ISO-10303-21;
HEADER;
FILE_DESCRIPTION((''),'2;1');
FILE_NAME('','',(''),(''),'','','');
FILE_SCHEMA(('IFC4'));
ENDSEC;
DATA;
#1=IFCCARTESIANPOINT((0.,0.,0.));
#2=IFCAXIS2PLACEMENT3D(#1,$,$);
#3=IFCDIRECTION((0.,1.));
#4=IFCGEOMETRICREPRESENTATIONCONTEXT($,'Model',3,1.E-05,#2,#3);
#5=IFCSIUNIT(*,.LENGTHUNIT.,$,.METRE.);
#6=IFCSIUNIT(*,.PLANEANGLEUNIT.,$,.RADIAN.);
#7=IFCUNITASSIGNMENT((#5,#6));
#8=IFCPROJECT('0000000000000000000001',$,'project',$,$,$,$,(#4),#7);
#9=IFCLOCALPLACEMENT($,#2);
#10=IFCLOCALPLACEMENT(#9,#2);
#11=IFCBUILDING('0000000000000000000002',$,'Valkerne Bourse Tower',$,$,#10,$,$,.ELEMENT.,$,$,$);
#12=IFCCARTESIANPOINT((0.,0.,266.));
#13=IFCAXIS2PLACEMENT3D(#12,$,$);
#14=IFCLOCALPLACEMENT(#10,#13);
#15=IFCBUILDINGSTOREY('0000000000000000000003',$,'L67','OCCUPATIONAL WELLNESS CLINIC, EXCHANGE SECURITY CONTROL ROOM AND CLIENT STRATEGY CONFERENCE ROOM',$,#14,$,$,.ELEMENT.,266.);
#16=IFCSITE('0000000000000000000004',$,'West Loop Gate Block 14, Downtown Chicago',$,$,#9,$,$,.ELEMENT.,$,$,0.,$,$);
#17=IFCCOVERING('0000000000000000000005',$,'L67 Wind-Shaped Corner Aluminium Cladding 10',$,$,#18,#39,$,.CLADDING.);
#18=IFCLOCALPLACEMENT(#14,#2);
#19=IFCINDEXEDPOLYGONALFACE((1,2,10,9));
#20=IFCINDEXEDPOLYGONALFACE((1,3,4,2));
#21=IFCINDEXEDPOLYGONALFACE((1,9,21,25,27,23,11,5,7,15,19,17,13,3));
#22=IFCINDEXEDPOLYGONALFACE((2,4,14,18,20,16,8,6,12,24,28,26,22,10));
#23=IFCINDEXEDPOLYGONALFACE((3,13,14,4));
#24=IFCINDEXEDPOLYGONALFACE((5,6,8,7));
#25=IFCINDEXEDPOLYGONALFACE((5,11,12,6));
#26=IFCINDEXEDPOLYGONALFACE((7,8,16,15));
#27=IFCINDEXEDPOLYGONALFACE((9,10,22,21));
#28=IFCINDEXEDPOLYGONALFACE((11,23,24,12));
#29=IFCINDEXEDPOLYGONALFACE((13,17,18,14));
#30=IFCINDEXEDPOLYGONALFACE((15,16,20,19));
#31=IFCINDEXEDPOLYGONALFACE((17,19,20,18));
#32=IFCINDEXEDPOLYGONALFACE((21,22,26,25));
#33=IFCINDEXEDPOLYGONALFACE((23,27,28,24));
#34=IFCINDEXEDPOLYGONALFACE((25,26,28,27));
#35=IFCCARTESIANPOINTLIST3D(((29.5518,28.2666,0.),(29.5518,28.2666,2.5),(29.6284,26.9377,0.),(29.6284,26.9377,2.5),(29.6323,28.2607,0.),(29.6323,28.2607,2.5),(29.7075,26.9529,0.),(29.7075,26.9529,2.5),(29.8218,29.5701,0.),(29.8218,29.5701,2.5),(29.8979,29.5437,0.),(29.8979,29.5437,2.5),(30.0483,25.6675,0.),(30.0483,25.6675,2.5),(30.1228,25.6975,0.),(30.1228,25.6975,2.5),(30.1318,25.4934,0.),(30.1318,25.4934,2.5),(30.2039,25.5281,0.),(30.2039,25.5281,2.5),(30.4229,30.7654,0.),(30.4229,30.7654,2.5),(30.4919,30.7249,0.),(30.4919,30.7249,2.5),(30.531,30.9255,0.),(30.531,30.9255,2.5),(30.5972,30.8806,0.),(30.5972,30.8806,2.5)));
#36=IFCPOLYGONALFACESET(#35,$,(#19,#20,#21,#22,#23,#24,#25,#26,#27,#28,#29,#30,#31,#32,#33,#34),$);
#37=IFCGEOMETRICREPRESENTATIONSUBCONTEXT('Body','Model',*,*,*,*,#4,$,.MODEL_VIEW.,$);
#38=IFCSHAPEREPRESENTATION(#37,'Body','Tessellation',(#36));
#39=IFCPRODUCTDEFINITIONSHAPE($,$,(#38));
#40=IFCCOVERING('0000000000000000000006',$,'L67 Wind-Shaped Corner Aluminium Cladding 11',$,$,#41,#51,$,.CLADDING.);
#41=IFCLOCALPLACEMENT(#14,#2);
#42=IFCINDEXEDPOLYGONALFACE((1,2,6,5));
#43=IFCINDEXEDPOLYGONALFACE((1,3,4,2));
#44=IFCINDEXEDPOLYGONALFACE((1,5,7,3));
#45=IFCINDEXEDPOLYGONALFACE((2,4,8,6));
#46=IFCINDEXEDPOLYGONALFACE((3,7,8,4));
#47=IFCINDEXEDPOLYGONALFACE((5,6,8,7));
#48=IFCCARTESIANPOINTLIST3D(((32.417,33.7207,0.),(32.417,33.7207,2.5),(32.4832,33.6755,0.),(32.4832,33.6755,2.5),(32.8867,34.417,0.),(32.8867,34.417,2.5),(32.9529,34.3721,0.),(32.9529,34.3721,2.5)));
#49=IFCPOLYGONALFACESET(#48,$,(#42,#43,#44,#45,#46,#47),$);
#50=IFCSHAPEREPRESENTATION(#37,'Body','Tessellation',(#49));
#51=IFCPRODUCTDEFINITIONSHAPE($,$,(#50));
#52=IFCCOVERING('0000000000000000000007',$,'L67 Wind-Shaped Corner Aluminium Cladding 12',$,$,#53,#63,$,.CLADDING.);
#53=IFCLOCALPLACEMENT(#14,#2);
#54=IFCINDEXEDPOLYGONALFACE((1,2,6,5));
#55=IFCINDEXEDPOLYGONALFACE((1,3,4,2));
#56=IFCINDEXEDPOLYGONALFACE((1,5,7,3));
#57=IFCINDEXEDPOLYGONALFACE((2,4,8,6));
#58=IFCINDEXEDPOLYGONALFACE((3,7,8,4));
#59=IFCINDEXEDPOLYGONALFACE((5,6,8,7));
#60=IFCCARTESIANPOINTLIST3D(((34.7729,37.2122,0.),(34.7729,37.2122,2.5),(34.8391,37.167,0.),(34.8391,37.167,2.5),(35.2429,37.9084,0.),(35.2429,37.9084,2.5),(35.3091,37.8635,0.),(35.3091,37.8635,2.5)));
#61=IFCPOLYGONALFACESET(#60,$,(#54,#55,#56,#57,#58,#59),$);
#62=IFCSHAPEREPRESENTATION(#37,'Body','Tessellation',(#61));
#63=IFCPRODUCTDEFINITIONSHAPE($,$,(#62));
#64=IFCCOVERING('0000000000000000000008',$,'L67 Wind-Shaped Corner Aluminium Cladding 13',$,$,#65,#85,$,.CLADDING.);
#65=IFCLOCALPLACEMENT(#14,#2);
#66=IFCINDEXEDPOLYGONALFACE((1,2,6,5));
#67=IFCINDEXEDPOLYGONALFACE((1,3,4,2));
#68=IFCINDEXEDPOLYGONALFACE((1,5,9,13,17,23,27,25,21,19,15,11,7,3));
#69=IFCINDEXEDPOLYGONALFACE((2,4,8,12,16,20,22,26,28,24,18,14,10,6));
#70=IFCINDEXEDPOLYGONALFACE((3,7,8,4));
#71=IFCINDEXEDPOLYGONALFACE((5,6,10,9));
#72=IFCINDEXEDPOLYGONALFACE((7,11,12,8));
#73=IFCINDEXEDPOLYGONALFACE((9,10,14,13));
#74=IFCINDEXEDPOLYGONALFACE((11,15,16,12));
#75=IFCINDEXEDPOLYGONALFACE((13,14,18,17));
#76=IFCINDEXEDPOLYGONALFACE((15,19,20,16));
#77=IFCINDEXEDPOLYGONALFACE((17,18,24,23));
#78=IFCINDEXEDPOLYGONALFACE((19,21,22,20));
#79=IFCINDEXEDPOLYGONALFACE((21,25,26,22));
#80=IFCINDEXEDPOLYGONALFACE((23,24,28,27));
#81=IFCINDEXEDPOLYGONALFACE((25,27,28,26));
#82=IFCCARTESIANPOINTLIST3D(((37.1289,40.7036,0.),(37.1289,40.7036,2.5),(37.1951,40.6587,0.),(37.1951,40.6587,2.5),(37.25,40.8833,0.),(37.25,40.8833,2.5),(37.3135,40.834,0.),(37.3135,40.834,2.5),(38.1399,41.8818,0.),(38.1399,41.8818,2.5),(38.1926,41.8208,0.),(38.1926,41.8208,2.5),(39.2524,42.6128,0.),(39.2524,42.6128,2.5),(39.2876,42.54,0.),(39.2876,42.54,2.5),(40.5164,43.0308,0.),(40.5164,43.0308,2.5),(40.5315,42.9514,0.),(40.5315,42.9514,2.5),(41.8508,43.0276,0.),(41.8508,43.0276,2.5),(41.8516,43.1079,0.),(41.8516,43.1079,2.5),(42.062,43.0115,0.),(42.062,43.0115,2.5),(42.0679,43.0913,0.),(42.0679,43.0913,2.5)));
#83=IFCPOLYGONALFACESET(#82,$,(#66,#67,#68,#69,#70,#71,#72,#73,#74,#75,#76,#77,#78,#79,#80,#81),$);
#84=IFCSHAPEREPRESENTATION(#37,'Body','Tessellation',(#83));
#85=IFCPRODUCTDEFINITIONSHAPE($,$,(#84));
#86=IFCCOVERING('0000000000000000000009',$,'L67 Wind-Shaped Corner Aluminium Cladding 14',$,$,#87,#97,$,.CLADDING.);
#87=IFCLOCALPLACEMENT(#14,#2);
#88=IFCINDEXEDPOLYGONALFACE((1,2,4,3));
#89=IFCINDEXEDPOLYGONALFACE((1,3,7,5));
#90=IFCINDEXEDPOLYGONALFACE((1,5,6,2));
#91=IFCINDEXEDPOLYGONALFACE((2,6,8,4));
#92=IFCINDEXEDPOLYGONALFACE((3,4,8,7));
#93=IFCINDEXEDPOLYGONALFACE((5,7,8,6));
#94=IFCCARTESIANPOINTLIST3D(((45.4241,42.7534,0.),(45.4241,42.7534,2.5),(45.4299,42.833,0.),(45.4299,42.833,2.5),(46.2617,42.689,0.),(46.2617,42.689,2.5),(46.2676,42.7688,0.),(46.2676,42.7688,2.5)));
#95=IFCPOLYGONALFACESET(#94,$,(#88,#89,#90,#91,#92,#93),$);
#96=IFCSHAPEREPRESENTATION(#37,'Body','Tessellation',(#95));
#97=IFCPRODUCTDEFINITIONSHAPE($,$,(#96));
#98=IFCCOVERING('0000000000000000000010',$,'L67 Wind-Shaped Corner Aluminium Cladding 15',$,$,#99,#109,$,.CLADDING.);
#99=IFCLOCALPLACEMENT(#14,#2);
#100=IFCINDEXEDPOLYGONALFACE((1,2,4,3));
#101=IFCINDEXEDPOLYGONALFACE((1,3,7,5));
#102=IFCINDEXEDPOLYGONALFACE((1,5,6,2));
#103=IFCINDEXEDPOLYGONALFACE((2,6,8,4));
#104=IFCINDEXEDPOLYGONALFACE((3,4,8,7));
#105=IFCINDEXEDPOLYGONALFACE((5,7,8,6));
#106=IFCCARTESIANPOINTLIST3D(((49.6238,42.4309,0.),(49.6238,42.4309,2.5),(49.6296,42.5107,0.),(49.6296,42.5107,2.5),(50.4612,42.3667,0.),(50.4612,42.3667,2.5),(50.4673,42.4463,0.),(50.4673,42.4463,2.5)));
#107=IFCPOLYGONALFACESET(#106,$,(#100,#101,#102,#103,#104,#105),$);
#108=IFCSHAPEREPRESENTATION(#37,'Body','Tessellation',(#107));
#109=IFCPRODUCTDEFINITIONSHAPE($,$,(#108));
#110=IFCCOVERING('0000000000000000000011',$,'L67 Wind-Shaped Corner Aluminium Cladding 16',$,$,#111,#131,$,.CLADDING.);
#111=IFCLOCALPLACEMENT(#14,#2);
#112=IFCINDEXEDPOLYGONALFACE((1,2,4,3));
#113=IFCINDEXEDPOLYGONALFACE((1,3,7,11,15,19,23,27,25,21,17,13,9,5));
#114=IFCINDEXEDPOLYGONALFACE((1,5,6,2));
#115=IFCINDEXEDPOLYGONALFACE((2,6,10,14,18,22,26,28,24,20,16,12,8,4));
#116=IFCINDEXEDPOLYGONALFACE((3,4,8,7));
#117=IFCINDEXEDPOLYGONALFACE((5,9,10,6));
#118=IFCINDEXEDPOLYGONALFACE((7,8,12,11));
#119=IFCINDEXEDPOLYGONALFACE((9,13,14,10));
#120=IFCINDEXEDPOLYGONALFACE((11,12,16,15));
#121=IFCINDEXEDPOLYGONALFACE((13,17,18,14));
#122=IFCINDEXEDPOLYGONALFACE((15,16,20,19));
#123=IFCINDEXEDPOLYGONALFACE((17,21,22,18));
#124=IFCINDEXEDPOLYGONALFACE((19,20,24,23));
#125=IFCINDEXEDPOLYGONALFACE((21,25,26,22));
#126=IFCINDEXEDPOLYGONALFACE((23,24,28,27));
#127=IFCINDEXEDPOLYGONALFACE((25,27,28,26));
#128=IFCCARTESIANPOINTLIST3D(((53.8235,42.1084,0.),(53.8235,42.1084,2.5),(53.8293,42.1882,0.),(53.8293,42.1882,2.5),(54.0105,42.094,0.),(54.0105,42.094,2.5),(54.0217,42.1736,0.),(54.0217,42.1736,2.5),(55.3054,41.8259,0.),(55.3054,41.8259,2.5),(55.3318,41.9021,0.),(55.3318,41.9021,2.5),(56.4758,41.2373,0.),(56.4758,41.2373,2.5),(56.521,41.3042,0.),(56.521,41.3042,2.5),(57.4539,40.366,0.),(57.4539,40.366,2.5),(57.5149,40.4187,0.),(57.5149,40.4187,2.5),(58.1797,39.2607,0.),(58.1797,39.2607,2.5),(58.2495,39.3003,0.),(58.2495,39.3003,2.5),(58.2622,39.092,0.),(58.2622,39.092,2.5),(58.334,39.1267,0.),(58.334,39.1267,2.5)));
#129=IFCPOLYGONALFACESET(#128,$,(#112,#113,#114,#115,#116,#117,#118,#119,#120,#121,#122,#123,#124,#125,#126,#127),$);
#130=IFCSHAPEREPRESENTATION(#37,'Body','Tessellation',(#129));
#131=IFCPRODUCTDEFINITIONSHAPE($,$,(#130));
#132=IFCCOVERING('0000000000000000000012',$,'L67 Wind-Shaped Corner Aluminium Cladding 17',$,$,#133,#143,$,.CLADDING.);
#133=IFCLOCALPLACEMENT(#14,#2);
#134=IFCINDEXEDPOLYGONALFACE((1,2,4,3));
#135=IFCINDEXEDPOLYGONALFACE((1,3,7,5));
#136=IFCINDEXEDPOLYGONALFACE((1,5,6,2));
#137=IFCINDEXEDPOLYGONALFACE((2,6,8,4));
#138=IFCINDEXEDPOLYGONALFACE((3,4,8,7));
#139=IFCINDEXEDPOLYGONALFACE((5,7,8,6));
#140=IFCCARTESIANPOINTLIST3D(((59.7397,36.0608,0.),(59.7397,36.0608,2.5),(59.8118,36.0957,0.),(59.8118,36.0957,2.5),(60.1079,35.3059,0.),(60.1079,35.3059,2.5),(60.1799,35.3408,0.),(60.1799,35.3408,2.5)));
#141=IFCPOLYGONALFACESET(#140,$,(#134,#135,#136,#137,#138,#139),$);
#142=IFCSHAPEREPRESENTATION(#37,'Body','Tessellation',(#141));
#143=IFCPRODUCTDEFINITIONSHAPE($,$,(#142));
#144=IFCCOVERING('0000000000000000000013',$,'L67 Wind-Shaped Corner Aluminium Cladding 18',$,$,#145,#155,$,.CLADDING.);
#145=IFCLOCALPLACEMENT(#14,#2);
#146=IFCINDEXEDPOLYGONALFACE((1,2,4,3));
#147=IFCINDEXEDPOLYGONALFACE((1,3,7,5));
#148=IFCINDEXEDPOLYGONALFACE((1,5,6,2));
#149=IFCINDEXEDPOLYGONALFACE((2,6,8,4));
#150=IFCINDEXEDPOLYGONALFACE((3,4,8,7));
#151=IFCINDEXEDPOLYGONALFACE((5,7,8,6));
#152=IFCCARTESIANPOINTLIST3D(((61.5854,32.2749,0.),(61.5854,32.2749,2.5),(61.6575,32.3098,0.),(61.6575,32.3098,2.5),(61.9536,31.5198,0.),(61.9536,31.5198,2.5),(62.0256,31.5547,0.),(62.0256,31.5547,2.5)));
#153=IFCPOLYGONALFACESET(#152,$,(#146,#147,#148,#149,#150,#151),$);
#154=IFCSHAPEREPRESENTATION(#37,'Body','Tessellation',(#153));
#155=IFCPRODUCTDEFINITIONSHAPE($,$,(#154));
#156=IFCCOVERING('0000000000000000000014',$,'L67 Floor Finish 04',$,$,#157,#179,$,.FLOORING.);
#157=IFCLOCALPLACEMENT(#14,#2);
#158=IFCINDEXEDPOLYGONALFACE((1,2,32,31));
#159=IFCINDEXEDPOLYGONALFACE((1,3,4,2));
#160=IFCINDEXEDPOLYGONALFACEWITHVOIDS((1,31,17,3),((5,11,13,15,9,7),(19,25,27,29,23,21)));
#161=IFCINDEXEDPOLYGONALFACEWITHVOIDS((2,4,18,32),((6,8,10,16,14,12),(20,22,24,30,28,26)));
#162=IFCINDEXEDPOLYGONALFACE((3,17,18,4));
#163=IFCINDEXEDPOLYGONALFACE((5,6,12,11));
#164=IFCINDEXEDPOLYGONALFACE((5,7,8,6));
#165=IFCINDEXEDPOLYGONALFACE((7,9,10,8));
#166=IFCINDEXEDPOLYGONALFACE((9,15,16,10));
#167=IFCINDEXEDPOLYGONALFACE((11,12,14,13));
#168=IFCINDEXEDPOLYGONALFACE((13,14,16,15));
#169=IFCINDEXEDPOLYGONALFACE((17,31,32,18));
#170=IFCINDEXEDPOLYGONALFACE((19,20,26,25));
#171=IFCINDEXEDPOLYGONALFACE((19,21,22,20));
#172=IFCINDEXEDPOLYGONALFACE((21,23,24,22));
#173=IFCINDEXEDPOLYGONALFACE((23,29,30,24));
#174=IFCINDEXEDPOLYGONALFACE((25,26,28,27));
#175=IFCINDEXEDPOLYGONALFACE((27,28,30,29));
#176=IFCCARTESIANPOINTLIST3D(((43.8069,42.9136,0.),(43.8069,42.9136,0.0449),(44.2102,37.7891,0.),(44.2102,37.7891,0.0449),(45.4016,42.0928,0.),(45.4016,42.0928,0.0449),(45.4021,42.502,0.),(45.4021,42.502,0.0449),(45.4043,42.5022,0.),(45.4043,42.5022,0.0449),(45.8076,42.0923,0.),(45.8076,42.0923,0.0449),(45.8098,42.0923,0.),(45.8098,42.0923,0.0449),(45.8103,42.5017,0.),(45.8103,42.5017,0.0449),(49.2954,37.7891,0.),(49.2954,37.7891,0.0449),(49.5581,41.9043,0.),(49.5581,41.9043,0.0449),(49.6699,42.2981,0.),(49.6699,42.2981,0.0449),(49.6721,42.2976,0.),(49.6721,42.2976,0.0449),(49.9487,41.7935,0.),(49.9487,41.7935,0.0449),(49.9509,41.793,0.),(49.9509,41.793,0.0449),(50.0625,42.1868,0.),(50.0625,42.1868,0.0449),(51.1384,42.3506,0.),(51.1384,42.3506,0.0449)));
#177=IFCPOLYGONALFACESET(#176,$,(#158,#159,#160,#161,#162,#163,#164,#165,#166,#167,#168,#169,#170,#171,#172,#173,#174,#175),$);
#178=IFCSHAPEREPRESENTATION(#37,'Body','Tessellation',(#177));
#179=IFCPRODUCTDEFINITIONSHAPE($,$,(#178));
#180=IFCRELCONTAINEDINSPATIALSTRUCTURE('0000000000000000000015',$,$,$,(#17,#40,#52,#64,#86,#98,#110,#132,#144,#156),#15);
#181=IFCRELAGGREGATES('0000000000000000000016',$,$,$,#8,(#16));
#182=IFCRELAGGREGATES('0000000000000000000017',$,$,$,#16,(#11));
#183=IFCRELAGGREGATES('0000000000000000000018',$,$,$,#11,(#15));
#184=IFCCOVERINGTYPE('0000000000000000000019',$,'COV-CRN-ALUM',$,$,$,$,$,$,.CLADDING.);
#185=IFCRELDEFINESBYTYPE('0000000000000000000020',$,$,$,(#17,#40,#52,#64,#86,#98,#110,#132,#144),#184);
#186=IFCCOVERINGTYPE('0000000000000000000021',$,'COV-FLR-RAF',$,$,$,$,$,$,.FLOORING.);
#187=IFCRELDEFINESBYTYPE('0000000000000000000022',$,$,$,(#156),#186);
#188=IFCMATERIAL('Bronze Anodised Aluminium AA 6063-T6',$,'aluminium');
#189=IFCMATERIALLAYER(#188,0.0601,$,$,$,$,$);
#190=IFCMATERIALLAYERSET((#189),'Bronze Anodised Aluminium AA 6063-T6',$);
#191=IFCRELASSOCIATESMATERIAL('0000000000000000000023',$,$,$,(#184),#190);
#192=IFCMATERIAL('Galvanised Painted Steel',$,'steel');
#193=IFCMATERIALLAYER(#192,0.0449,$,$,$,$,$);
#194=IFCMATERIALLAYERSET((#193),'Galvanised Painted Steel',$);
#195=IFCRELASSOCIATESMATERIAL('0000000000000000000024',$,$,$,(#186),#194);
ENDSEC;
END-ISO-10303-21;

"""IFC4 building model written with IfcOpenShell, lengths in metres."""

from ifc_helpers import new_model, si_unit, direction, frame, origin, place, context, subcontext, project, spatial, polyline, outline, extrude, material, layer, layer_set, type_object, element, save


model = new_model("IFC4")

# Units and contexts
model_context = context("Model", 3, precision=1e-05, world=origin(), true_north=direction((0.0, 1.0)))
body_context = subcontext(model_context, "Body", "Model", "MODEL_VIEW")
ifc_project = project(units=[si_unit("LENGTHUNIT", "METRE"), si_unit("PLANEANGLEUNIT", "RADIAN")], contexts=[model_context])

# Site, building, storey
site_placement = place(None, origin())
site = spatial("IfcSite", under=ifc_project, at=site_placement, Name="West Loop Gate Block 14, Downtown Chicago", CompositionType="ELEMENT", RefElevation=0.0)
building_placement = place(site_placement, origin())
building = spatial("IfcBuilding", under=site, at=building_placement, Name="Valkerne Bourse Tower", CompositionType="ELEMENT")
storey_placement = place(building_placement, frame((0.0, 0.0, 266.0)))
storey = spatial("IfcBuildingStorey", under=building, at=storey_placement, Name="L67", Description="OCCUPATIONAL WELLNESS CLINIC, EXCHANGE SECURITY CONTROL ROOM AND CLIENT STRATEGY CONFERENCE ROOM", CompositionType="ELEMENT", Elevation=266.0)

# Coverings
ifc_material_1 = material(Name="Bronze Anodised Aluminium AA 6063-T6", Category="aluminium")
ifc_layer_1 = layer(ifc_material_1, 0.0601)
ifc_layer_set_1 = layer_set([ifc_layer_1], Name="Bronze Anodised Aluminium AA 6063-T6")
covering_type_1 = type_object("IfcCoveringType", Name="COV-CRN-ALUM", PredefinedType="CLADDING", material=ifc_layer_set_1)
covering_1_placement = place(storey_placement, origin())
element("IfcCovering", 1, at=covering_1_placement, inside=storey, type_object=covering_type_1, Name="L67 Wind-Shaped Corner Aluminium Cladding 10", PredefinedType="CLADDING", context=body_context, shape_type="SweptSolid", body=[
    extrude(outline(polyline([(30.0483, 25.6675), (29.6284, 26.9377), (29.5518, 28.2666), (29.8218, 29.5701), (30.4229, 30.7654), (30.531, 30.9255), (30.5972, 30.8806), (30.4919, 30.7249), (29.8979, 29.5437), (29.6323, 28.2607), (29.7075, 26.9529), (30.1228, 25.6975), (30.2039, 25.5281), (30.1318, 25.4934), (30.0483, 25.6675)])), origin(), (0.0, 0.0, 1.0), 2.5),
])
covering_2_placement = place(storey_placement, origin())
element("IfcCovering", 2, at=covering_2_placement, inside=storey, type_object=covering_type_1, Name="L67 Wind-Shaped Corner Aluminium Cladding 11", PredefinedType="CLADDING", context=body_context, shape_type="SweptSolid", body=[
    extrude(outline(polyline([(32.8867, 34.417), (32.9529, 34.3721), (32.4832, 33.6755), (32.417, 33.7207), (32.8867, 34.417)])), origin(), (0.0, 0.0, 1.0), 2.5),
])
covering_3_placement = place(storey_placement, origin())
element("IfcCovering", 3, at=covering_3_placement, inside=storey, type_object=covering_type_1, Name="L67 Wind-Shaped Corner Aluminium Cladding 12", PredefinedType="CLADDING", context=body_context, shape_type="SweptSolid", body=[
    extrude(outline(polyline([(35.2429, 37.9084), (35.3091, 37.8635), (34.8391, 37.167), (34.7729, 37.2122), (35.2429, 37.9084)])), origin(), (0.0, 0.0, 1.0), 2.5),
])
covering_4_placement = place(storey_placement, origin())
element("IfcCovering", 4, at=covering_4_placement, inside=storey, type_object=covering_type_1, Name="L67 Wind-Shaped Corner Aluminium Cladding 13", PredefinedType="CLADDING", context=body_context, shape_type="SweptSolid", body=[
    extrude(outline(polyline([(37.25, 40.8833), (38.1399, 41.8818), (39.2524, 42.6128), (40.5164, 43.0308), (41.8516, 43.1079), (42.0679, 43.0913), (42.062, 43.0115), (41.8508, 43.0276), (40.5315, 42.9514), (39.2876, 42.54), (38.1926, 41.8208), (37.3135, 40.834), (37.1951, 40.6587), (37.1289, 40.7036), (37.25, 40.8833)])), origin(), (0.0, 0.0, 1.0), 2.5),
])
covering_5_placement = place(storey_placement, origin())
element("IfcCovering", 5, at=covering_5_placement, inside=storey, type_object=covering_type_1, Name="L67 Wind-Shaped Corner Aluminium Cladding 14", PredefinedType="CLADDING", context=body_context, shape_type="SweptSolid", body=[
    extrude(outline(polyline([(46.2676, 42.7688), (46.2617, 42.689), (45.4241, 42.7534), (45.4299, 42.833), (46.2676, 42.7688)])), origin(), (0.0, 0.0, 1.0), 2.5),
])
covering_6_placement = place(storey_placement, origin())
element("IfcCovering", 6, at=covering_6_placement, inside=storey, type_object=covering_type_1, Name="L67 Wind-Shaped Corner Aluminium Cladding 15", PredefinedType="CLADDING", context=body_context, shape_type="SweptSolid", body=[
    extrude(outline(polyline([(50.4673, 42.4463), (50.4612, 42.3667), (49.6238, 42.4309), (49.6296, 42.5107), (50.4673, 42.4463)])), origin(), (0.0, 0.0, 1.0), 2.5),
])
covering_7_placement = place(storey_placement, origin())
element("IfcCovering", 7, at=covering_7_placement, inside=storey, type_object=covering_type_1, Name="L67 Wind-Shaped Corner Aluminium Cladding 16", PredefinedType="CLADDING", context=body_context, shape_type="SweptSolid", body=[
    extrude(outline(polyline([(54.0217, 42.1736), (55.3318, 41.9021), (56.521, 41.3042), (57.5149, 40.4187), (58.2495, 39.3003), (58.334, 39.1267), (58.2622, 39.092), (58.1797, 39.2607), (57.4539, 40.366), (56.4758, 41.2373), (55.3054, 41.8259), (54.0105, 42.094), (53.8235, 42.1084), (53.8293, 42.1882), (54.0217, 42.1736)])), origin(), (0.0, 0.0, 1.0), 2.5),
])
covering_8_placement = place(storey_placement, origin())
element("IfcCovering", 8, at=covering_8_placement, inside=storey, type_object=covering_type_1, Name="L67 Wind-Shaped Corner Aluminium Cladding 17", PredefinedType="CLADDING", context=body_context, shape_type="SweptSolid", body=[
    extrude(outline(polyline([(60.1799, 35.3408), (60.1079, 35.3059), (59.7397, 36.0608), (59.8118, 36.0957), (60.1799, 35.3408)])), origin(), (0.0, 0.0, 1.0), 2.5),
])
covering_9_placement = place(storey_placement, origin())
element("IfcCovering", 9, at=covering_9_placement, inside=storey, type_object=covering_type_1, Name="L67 Wind-Shaped Corner Aluminium Cladding 18", PredefinedType="CLADDING", context=body_context, shape_type="SweptSolid", body=[
    extrude(outline(polyline([(62.0256, 31.5547), (61.9536, 31.5198), (61.5854, 32.2749), (61.6575, 32.3098), (62.0256, 31.5547)])), origin(), (0.0, 0.0, 1.0), 2.5),
])
ifc_material_2 = material(Name="Galvanised Painted Steel", Category="steel")
ifc_layer_2 = layer(ifc_material_2, 0.0449)
ifc_layer_set_2 = layer_set([ifc_layer_2], Name="Galvanised Painted Steel")
covering_type_2 = type_object("IfcCoveringType", Name="COV-FLR-RAF", PredefinedType="FLOORING", material=ifc_layer_set_2)
covering_10_placement = place(storey_placement, origin())
element("IfcCovering", 10, at=covering_10_placement, inside=storey, type_object=covering_type_2, Name="L67 Floor Finish 04", PredefinedType="FLOORING", context=body_context, shape_type="SweptSolid", body=[
    extrude(outline(polyline([(44.2102, 37.7891), (43.8069, 42.9136), (51.1384, 42.3506), (49.2954, 37.7891), (44.2102, 37.7891)]), holes=[polyline([(45.8098, 42.0923), (45.8103, 42.5017), (45.4043, 42.5022), (45.4021, 42.502), (45.4016, 42.0928), (45.8076, 42.0923), (45.8098, 42.0923)]), polyline([(50.0625, 42.1868), (49.6721, 42.2976), (49.6699, 42.2981), (49.5581, 41.9043), (49.9487, 41.7935), (49.9509, 41.793), (50.0625, 42.1868)])]), origin(), (0.0, 0.0, 1.0), 0.0449),
])

save(model, "model.ifc")
